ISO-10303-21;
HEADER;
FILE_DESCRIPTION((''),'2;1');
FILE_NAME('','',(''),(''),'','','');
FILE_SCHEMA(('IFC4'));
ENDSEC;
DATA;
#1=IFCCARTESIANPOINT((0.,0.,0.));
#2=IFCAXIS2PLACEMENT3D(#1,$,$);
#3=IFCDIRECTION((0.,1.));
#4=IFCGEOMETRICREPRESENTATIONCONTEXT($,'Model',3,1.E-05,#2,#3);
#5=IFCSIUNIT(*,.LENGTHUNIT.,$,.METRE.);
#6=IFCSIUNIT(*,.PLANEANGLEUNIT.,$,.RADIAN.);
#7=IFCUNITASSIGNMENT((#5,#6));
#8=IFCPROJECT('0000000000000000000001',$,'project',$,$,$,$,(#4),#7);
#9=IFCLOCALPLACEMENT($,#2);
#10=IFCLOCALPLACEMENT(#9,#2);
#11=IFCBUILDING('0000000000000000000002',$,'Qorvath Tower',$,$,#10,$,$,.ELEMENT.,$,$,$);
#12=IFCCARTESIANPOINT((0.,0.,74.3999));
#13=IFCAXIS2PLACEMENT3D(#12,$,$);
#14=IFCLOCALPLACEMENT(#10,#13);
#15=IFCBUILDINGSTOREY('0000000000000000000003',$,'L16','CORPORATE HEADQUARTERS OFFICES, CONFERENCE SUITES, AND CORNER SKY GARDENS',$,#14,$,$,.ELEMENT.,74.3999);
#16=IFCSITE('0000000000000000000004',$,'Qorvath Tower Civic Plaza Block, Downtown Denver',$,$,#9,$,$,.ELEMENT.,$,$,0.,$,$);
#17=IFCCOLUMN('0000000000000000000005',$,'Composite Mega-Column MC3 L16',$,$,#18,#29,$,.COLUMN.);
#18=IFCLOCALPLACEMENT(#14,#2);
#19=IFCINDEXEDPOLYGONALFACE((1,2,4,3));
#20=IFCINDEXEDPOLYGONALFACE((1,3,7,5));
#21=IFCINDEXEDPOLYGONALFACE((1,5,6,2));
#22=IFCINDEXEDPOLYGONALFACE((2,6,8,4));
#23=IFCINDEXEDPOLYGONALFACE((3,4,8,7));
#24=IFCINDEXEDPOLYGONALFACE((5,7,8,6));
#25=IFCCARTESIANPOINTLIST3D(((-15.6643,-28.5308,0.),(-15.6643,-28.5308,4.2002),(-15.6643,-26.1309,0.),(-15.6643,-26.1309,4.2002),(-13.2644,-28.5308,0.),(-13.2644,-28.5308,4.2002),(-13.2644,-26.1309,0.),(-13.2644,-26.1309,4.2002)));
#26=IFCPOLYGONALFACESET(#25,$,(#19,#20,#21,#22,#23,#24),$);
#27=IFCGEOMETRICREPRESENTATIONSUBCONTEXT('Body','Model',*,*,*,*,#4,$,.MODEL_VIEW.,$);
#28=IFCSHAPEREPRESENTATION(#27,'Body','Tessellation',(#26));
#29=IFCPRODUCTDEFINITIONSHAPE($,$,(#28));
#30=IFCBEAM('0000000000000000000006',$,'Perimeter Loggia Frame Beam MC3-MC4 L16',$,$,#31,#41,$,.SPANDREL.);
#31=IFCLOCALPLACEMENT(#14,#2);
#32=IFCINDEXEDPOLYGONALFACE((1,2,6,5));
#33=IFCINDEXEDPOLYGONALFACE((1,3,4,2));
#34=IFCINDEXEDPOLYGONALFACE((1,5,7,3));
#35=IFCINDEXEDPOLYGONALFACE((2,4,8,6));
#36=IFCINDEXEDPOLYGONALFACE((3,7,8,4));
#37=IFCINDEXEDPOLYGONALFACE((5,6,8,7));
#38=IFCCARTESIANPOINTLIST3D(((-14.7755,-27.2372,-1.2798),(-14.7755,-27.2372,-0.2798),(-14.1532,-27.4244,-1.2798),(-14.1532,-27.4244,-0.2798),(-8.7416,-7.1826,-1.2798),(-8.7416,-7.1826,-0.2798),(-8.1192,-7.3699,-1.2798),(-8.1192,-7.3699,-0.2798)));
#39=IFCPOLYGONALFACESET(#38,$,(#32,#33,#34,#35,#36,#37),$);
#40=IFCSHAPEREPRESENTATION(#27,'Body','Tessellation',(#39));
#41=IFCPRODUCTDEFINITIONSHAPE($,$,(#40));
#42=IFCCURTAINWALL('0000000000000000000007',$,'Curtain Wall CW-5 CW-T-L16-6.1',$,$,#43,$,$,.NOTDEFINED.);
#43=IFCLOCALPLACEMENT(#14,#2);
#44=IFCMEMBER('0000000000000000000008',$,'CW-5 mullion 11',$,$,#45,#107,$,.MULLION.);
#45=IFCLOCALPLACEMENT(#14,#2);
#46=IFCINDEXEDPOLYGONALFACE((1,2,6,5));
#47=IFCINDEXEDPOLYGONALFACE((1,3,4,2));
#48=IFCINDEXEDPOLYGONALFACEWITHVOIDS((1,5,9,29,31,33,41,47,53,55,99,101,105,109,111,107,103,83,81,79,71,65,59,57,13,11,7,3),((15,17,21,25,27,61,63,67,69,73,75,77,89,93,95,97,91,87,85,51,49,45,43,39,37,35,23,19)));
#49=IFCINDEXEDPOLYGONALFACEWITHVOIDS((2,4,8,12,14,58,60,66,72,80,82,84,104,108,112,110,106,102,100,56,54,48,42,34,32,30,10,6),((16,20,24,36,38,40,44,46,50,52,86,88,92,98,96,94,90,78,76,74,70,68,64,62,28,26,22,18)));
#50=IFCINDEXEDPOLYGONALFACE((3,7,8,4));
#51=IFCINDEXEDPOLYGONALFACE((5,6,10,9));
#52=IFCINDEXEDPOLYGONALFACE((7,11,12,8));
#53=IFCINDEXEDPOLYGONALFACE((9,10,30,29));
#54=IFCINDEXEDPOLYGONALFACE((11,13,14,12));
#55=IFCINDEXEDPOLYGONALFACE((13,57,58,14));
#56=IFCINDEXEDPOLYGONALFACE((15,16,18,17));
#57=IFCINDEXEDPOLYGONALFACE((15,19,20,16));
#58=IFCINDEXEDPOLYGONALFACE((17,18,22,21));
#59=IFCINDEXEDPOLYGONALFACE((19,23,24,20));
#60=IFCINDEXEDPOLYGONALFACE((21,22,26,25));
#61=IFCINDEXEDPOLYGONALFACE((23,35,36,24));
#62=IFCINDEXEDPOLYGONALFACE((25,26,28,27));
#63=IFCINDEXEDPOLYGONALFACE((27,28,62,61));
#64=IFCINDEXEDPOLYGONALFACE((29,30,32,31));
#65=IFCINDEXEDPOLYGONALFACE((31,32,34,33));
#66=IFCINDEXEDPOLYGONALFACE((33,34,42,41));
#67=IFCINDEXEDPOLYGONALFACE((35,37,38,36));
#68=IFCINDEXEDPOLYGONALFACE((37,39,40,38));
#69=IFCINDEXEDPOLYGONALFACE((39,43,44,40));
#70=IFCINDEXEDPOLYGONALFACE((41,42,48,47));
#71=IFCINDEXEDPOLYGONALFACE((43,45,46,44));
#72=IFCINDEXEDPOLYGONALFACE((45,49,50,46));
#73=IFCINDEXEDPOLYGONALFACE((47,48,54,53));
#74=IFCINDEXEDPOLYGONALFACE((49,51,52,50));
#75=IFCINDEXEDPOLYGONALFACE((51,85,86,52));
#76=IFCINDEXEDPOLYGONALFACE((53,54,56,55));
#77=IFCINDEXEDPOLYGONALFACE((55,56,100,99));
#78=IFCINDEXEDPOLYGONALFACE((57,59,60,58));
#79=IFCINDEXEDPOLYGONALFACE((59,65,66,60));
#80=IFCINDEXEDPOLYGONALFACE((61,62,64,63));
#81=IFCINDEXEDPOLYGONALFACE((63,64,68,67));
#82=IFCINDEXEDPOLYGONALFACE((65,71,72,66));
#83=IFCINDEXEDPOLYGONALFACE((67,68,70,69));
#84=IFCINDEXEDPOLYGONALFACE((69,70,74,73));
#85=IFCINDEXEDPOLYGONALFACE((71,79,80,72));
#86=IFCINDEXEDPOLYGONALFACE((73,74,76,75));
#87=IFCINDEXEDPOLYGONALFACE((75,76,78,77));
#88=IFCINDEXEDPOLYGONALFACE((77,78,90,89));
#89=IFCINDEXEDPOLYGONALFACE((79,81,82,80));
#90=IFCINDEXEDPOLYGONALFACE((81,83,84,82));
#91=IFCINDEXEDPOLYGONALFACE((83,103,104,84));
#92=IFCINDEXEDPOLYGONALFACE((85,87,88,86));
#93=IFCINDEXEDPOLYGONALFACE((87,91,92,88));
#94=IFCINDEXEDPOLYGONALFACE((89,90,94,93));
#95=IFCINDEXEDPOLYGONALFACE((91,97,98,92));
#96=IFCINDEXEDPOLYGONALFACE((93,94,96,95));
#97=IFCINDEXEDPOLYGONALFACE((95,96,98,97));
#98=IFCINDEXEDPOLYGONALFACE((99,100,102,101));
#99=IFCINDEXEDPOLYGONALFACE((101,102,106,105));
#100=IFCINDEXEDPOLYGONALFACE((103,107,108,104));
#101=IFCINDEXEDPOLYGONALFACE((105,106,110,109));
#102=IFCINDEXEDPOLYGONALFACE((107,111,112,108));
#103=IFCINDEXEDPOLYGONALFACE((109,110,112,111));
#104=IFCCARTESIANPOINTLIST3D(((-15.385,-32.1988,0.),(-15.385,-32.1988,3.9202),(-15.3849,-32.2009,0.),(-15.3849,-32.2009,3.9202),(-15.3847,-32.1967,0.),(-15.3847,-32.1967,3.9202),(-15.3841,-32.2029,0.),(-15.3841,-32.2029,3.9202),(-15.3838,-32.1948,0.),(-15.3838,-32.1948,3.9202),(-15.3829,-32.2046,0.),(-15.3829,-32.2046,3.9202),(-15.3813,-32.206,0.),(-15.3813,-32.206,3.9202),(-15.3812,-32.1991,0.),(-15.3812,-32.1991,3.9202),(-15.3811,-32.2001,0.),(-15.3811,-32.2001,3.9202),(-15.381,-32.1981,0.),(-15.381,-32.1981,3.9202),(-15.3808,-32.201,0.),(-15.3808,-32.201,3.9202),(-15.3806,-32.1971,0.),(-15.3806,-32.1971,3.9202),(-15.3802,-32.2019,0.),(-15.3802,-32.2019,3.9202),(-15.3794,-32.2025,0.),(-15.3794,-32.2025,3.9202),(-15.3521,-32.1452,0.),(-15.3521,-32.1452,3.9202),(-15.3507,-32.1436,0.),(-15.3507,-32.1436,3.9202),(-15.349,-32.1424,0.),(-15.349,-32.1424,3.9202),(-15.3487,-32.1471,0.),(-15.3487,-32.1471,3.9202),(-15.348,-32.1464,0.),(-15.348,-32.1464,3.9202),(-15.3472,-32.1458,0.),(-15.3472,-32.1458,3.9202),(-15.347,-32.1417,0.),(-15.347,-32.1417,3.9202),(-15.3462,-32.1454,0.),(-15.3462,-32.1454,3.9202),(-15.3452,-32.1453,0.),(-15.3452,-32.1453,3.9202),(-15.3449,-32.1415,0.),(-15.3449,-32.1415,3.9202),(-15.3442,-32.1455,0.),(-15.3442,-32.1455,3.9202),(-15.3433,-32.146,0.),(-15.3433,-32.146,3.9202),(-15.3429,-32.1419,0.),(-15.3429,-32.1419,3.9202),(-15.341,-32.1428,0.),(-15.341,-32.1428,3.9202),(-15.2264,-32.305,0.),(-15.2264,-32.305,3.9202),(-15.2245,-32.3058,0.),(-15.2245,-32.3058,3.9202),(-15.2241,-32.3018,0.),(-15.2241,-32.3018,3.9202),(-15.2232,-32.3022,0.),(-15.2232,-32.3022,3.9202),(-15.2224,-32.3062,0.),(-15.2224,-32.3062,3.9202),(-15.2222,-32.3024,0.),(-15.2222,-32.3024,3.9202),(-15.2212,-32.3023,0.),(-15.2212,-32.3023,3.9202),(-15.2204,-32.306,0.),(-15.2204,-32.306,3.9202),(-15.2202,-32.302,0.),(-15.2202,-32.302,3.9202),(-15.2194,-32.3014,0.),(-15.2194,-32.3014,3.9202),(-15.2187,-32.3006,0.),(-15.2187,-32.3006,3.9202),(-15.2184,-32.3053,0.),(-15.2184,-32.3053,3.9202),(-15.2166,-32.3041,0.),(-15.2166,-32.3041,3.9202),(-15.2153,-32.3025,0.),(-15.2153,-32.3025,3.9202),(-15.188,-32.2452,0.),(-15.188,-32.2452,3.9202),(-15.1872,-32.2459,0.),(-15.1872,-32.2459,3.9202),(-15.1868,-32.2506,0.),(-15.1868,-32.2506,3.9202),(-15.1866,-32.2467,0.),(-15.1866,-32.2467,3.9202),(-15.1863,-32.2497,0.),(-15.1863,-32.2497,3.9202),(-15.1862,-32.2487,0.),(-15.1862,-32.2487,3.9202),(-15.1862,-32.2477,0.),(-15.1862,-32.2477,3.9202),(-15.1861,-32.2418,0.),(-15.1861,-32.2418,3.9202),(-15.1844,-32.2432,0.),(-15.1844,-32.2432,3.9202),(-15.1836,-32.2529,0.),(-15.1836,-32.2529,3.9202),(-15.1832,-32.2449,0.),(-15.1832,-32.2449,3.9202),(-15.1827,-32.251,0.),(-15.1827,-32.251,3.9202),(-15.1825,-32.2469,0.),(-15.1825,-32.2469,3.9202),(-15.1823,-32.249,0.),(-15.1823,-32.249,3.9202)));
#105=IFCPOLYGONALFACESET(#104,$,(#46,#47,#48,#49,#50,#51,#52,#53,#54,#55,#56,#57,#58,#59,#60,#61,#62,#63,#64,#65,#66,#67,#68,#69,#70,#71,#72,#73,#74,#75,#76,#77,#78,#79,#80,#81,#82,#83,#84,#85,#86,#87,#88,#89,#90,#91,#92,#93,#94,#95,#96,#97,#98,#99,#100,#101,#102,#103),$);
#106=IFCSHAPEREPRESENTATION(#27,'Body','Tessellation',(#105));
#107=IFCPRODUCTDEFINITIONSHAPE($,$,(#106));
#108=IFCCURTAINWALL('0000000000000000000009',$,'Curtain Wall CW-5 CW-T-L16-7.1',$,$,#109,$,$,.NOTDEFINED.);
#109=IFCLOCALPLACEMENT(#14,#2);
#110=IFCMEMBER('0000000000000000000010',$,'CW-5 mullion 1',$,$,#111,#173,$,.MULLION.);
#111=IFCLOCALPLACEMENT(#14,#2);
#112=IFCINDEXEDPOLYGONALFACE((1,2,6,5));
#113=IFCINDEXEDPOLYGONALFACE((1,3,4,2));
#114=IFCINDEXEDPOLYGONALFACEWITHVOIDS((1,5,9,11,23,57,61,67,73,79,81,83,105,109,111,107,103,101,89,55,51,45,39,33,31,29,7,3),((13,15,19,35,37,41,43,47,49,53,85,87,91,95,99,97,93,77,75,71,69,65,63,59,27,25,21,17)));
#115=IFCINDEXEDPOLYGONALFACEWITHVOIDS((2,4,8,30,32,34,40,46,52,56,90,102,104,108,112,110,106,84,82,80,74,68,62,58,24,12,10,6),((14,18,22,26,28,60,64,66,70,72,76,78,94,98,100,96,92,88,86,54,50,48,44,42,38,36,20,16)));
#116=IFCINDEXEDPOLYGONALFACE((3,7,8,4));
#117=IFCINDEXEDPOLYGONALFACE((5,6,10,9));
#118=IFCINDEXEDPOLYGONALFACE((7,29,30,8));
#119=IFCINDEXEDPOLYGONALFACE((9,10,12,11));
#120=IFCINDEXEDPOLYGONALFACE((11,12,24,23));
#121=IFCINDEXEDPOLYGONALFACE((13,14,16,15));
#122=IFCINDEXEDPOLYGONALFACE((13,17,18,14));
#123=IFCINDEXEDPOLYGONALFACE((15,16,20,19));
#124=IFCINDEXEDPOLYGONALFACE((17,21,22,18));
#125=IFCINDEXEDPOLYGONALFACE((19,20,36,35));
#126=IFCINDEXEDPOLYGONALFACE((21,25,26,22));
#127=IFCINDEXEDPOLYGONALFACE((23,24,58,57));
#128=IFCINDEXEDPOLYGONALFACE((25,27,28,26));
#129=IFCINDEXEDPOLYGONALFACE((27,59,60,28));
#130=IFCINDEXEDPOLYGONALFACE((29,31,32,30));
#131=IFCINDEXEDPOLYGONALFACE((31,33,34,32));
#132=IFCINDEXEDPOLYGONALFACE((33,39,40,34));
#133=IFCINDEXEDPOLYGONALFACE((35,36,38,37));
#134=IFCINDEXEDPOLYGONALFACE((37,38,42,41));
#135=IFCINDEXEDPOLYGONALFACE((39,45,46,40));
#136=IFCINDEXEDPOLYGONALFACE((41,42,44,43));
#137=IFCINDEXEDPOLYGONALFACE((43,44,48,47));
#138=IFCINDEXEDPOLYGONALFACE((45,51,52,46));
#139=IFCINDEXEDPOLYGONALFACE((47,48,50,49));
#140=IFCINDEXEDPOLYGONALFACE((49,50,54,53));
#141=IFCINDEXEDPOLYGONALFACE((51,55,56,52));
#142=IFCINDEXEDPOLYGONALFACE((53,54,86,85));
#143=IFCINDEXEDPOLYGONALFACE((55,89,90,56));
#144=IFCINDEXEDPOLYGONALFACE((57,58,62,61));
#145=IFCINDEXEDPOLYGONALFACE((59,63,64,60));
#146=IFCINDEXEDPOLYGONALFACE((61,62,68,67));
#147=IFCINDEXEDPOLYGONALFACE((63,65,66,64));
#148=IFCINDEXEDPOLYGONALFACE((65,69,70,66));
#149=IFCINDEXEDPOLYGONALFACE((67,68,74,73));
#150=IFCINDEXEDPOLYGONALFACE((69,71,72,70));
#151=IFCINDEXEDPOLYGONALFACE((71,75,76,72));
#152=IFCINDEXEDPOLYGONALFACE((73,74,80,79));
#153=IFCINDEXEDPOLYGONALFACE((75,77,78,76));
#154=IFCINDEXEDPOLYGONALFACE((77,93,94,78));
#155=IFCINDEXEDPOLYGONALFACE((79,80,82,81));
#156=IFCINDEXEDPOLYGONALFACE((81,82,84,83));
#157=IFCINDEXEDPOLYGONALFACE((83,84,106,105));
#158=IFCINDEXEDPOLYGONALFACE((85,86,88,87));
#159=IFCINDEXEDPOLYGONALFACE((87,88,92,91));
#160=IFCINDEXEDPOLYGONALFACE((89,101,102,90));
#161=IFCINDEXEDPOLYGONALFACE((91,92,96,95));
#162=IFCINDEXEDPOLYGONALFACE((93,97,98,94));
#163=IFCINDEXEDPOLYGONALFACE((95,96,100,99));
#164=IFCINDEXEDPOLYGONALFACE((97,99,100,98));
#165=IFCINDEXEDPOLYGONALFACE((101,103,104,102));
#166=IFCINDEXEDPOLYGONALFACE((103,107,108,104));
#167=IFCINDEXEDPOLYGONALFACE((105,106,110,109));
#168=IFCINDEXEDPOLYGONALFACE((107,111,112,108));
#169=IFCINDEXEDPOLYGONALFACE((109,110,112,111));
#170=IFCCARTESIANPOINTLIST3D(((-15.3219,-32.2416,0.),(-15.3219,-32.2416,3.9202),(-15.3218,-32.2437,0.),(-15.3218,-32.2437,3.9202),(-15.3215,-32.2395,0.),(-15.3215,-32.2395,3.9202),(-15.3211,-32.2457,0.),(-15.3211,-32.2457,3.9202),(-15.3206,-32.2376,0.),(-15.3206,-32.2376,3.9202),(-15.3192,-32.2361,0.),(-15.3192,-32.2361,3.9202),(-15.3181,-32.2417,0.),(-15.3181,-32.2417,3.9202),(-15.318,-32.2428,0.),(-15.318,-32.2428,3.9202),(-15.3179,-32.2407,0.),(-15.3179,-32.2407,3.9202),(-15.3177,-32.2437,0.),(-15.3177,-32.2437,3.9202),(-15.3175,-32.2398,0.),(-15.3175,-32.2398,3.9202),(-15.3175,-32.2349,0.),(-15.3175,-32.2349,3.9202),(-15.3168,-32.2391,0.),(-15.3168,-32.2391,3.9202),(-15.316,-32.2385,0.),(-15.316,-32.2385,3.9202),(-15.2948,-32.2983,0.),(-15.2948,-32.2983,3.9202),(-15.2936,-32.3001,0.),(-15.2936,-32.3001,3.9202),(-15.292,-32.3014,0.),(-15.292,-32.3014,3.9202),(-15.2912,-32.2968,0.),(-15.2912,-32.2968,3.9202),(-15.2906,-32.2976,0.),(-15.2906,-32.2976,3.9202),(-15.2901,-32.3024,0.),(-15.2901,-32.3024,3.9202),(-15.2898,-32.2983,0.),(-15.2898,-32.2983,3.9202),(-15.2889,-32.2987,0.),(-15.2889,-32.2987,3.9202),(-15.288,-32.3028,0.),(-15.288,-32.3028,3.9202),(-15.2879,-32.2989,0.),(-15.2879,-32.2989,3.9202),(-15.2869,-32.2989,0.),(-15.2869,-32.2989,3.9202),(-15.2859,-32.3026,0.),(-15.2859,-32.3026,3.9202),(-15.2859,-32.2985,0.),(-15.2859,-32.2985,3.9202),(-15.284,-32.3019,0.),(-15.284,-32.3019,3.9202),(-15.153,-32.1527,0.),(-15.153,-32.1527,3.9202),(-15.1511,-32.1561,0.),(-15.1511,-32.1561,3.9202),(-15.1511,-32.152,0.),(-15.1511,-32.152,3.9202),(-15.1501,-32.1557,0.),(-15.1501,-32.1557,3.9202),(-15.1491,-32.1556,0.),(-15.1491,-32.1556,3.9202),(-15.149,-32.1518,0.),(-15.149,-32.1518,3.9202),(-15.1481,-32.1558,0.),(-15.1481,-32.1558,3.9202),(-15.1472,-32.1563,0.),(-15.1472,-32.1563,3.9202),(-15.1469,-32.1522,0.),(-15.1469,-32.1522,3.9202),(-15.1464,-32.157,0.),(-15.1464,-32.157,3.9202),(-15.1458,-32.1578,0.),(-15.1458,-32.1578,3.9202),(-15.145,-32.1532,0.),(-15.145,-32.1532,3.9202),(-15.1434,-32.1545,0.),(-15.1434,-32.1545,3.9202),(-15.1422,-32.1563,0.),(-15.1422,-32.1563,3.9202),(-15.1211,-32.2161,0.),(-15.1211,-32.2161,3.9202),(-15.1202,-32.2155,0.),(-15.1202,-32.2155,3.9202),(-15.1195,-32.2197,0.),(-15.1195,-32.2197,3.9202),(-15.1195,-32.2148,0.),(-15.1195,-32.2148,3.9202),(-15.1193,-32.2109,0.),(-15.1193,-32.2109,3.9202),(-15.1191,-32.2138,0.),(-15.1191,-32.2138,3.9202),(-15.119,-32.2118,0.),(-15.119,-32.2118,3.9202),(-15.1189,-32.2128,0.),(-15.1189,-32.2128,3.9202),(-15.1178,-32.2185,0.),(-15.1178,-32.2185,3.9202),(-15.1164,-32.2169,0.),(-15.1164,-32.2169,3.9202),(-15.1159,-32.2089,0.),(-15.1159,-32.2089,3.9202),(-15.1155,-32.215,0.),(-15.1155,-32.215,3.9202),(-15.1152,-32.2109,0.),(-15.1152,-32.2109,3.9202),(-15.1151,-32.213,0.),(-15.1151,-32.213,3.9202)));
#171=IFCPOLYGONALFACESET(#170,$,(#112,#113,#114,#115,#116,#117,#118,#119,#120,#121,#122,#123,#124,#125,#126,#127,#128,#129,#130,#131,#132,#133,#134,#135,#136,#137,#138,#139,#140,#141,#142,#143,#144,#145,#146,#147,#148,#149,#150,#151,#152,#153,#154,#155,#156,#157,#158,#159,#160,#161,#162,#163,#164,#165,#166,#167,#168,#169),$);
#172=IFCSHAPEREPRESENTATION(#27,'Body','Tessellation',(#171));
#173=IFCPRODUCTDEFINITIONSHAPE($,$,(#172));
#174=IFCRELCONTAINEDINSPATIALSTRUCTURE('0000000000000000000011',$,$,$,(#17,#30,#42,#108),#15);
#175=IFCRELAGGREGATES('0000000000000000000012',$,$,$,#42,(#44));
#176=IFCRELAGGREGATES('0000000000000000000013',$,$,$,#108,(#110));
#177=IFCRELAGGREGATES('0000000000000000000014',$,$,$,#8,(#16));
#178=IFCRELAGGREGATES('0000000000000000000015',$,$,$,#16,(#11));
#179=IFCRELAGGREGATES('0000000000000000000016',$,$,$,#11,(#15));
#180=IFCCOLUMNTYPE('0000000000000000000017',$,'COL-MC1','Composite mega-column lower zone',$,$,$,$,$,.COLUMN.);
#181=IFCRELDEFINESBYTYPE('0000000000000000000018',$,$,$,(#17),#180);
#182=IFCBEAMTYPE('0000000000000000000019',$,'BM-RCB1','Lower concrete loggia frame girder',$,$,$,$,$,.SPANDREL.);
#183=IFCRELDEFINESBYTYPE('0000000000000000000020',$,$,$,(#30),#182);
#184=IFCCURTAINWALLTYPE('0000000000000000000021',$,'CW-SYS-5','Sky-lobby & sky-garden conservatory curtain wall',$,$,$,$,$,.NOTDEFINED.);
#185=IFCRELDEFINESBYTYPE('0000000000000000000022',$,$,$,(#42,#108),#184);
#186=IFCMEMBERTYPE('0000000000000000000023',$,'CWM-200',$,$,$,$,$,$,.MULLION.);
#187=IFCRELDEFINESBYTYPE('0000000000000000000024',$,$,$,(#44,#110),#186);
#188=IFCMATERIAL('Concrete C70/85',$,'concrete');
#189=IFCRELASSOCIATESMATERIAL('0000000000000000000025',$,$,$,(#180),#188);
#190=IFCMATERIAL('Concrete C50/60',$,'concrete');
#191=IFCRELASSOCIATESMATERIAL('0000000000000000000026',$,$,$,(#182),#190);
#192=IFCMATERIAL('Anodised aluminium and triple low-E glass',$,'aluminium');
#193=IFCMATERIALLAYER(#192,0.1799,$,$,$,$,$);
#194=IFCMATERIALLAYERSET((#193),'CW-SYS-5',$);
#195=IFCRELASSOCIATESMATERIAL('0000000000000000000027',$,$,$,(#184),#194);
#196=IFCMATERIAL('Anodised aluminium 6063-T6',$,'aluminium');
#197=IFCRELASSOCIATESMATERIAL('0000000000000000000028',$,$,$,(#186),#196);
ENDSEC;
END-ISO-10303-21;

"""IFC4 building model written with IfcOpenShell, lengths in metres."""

from ifc_helpers import new_model, si_unit, direction, frame, origin, origin_2d, place, context, subcontext, project, spatial, rectangle, hollow_rectangle, extrude, material, layer, layer_set, material_profile, profile_set, type_object, element, aggregate, save


model = new_model("IFC4")

# Units and contexts
model_context = context("Model", 3, precision=1e-05, world=origin(), true_north=direction((0.0, 1.0)))
body_context = subcontext(model_context, "Body", "Model", "MODEL_VIEW")
ifc_project = project(units=[si_unit("LENGTHUNIT", "METRE"), si_unit("PLANEANGLEUNIT", "RADIAN")], contexts=[model_context])

# Site, building, storey
site_placement = place(None, origin())
site = spatial("IfcSite", under=ifc_project, at=site_placement, Name="Qorvath Tower Civic Plaza Block, Downtown Denver", CompositionType="ELEMENT", RefElevation=0.0)
building_placement = place(site_placement, origin())
building = spatial("IfcBuilding", under=site, at=building_placement, Name="Qorvath Tower", CompositionType="ELEMENT")
storey_placement = place(building_placement, frame((0.0, 0.0, 74.3999)))
storey = spatial("IfcBuildingStorey", under=building, at=storey_placement, Name="L16", Description="CORPORATE HEADQUARTERS OFFICES, CONFERENCE SUITES, AND CORNER SKY GARDENS", CompositionType="ELEMENT", Elevation=74.3999)

# Column
ifc_material_1 = material(Name="Concrete C70/85", Category="concrete")
ifc_material_profile_1 = material_profile(ifc_material_1, rectangle(XDim=2.3999, YDim=2.3999, at=origin_2d()), Name="MC 2400x2400")
ifc_profile_set_1 = profile_set([ifc_material_profile_1], Name="Concrete C70/85")
column_type = type_object("IfcColumnType", Name="COL-MC1", Description="Composite mega-column lower zone", PredefinedType="COLUMN", material=ifc_profile_set_1)
column_placement = place(storey_placement, frame((-14.4644, -27.3308, 0.0), z_axis=(0.0, 0.0, 1.0), x_axis=(1.0, 0.0, 0.0)))
element("IfcColumn", 1, at=column_placement, inside=storey, type_object=column_type, Name="Composite Mega-Column MC3 L16", PredefinedType="COLUMN", context=body_context, shape_type="SweptSolid", body=[
    extrude(rectangle(XDim=2.3999, YDim=2.3999, at=origin_2d()), origin(), (0.0, 0.0, 1.0), 4.2002),
])

# Beam
ifc_material_2 = material(Name="Concrete C50/60", Category="concrete")
ifc_material_profile_2 = material_profile(ifc_material_2, rectangle(XDim=0.6499, YDim=1.0, at=origin_2d()), Name="RCB 1000x650")
ifc_profile_set_2 = profile_set([ifc_material_profile_2], Name="Concrete C50/60")
beam_type = type_object("IfcBeamType", Name="BM-RCB1", Description="Lower concrete loggia frame girder", PredefinedType="SPANDREL", material=ifc_profile_set_2)
beam_placement = place(storey_placement, frame((-14.4644, -27.3308, -0.7798), z_axis=(0.288119, 0.957595, 0.0), x_axis=(-0.957595, 0.288119, 0.0)))
element("IfcBeam", 2, at=beam_placement, inside=storey, type_object=beam_type, Name="Perimeter Loggia Frame Beam MC3-MC4 L16", PredefinedType="SPANDREL", context=body_context, shape_type="SweptSolid", body=[
    extrude(rectangle(XDim=0.6499, YDim=1.0, at=origin_2d()), origin(), (0.0, 0.0, 1.0), 20.9426),
])

# Curtain wall, member
ifc_material_3 = material(Name="Anodised aluminium and triple low-E glass", Category="aluminium")
ifc_layer_1 = layer(ifc_material_3, 0.1799)
ifc_layer_set_1 = layer_set([ifc_layer_1], Name="CW-SYS-5")
curtain_wall_type = type_object("IfcCurtainWallType", Name="CW-SYS-5", Description="Sky-lobby & sky-garden conservatory curtain wall", PredefinedType="NOTDEFINED", material=ifc_layer_set_1)
curtain_wall_1_placement = place(storey_placement, origin())
curtain_wall_1 = element("IfcCurtainWall", 3, at=curtain_wall_1_placement, inside=storey, type_object=curtain_wall_type, Name="Curtain Wall CW-5 CW-T-L16-6.1", PredefinedType="NOTDEFINED")
ifc_material_4 = material(Name="Anodised aluminium 6063-T6", Category="aluminium")
ifc_material_profile_3 = material_profile(ifc_material_4, hollow_rectangle(XDim=0.075, YDim=0.2, WallThickness=0.0039, InnerFilletRadius=0.0039, OuterFilletRadius=0.0081, at=origin_2d()), Name="CWM 200x75")
ifc_profile_set_3 = profile_set([ifc_material_profile_3], Name="Anodised aluminium 6063-T6")
member_type_1 = type_object("IfcMemberType", Name="CWM-200", PredefinedType="MULLION", material=ifc_profile_set_3)
member_1_placement = place(storey_placement, frame((-15.2837, -32.2239, 0.0), z_axis=(0.0, 0.0, 1.0), x_axis=(0.538533, 0.842604, 0.0)))
member_1 = element("IfcMember", 4, at=member_1_placement, type_object=member_type_1, Name="CW-5 mullion 11", PredefinedType="MULLION", context=body_context, shape_type="SweptSolid", body=[
    extrude(hollow_rectangle(XDim=0.075, YDim=0.2, WallThickness=0.0039, InnerFilletRadius=0.0039, OuterFilletRadius=0.0081, at=origin_2d()), origin(), (0.0, 0.0, 1.0), 3.9202),
])

# Curtain wall, member
curtain_wall_2_placement = place(storey_placement, origin())
curtain_wall_2 = element("IfcCurtainWall", 5, at=curtain_wall_2_placement, inside=storey, type_object=curtain_wall_type, Name="Curtain Wall CW-5 CW-T-L16-7.1", PredefinedType="NOTDEFINED")
member_2_placement = place(storey_placement, frame((-15.2185, -32.2273, 0.0), z_axis=(0.0, 0.0, 1.0), x_axis=(-0.447206, 0.894431, 0.0)))
member_2 = element("IfcMember", 6, at=member_2_placement, type_object=member_type_1, Name="CW-5 mullion 1", PredefinedType="MULLION", context=body_context, shape_type="SweptSolid", body=[
    extrude(hollow_rectangle(XDim=0.075, YDim=0.2, WallThickness=0.0039, InnerFilletRadius=0.0039, OuterFilletRadius=0.0081, at=origin_2d()), origin(), (0.0, 0.0, 1.0), 3.9202),
])

aggregate(curtain_wall_1, [member_1])
aggregate(curtain_wall_2, [member_2])

save(model, "model.ifc")
